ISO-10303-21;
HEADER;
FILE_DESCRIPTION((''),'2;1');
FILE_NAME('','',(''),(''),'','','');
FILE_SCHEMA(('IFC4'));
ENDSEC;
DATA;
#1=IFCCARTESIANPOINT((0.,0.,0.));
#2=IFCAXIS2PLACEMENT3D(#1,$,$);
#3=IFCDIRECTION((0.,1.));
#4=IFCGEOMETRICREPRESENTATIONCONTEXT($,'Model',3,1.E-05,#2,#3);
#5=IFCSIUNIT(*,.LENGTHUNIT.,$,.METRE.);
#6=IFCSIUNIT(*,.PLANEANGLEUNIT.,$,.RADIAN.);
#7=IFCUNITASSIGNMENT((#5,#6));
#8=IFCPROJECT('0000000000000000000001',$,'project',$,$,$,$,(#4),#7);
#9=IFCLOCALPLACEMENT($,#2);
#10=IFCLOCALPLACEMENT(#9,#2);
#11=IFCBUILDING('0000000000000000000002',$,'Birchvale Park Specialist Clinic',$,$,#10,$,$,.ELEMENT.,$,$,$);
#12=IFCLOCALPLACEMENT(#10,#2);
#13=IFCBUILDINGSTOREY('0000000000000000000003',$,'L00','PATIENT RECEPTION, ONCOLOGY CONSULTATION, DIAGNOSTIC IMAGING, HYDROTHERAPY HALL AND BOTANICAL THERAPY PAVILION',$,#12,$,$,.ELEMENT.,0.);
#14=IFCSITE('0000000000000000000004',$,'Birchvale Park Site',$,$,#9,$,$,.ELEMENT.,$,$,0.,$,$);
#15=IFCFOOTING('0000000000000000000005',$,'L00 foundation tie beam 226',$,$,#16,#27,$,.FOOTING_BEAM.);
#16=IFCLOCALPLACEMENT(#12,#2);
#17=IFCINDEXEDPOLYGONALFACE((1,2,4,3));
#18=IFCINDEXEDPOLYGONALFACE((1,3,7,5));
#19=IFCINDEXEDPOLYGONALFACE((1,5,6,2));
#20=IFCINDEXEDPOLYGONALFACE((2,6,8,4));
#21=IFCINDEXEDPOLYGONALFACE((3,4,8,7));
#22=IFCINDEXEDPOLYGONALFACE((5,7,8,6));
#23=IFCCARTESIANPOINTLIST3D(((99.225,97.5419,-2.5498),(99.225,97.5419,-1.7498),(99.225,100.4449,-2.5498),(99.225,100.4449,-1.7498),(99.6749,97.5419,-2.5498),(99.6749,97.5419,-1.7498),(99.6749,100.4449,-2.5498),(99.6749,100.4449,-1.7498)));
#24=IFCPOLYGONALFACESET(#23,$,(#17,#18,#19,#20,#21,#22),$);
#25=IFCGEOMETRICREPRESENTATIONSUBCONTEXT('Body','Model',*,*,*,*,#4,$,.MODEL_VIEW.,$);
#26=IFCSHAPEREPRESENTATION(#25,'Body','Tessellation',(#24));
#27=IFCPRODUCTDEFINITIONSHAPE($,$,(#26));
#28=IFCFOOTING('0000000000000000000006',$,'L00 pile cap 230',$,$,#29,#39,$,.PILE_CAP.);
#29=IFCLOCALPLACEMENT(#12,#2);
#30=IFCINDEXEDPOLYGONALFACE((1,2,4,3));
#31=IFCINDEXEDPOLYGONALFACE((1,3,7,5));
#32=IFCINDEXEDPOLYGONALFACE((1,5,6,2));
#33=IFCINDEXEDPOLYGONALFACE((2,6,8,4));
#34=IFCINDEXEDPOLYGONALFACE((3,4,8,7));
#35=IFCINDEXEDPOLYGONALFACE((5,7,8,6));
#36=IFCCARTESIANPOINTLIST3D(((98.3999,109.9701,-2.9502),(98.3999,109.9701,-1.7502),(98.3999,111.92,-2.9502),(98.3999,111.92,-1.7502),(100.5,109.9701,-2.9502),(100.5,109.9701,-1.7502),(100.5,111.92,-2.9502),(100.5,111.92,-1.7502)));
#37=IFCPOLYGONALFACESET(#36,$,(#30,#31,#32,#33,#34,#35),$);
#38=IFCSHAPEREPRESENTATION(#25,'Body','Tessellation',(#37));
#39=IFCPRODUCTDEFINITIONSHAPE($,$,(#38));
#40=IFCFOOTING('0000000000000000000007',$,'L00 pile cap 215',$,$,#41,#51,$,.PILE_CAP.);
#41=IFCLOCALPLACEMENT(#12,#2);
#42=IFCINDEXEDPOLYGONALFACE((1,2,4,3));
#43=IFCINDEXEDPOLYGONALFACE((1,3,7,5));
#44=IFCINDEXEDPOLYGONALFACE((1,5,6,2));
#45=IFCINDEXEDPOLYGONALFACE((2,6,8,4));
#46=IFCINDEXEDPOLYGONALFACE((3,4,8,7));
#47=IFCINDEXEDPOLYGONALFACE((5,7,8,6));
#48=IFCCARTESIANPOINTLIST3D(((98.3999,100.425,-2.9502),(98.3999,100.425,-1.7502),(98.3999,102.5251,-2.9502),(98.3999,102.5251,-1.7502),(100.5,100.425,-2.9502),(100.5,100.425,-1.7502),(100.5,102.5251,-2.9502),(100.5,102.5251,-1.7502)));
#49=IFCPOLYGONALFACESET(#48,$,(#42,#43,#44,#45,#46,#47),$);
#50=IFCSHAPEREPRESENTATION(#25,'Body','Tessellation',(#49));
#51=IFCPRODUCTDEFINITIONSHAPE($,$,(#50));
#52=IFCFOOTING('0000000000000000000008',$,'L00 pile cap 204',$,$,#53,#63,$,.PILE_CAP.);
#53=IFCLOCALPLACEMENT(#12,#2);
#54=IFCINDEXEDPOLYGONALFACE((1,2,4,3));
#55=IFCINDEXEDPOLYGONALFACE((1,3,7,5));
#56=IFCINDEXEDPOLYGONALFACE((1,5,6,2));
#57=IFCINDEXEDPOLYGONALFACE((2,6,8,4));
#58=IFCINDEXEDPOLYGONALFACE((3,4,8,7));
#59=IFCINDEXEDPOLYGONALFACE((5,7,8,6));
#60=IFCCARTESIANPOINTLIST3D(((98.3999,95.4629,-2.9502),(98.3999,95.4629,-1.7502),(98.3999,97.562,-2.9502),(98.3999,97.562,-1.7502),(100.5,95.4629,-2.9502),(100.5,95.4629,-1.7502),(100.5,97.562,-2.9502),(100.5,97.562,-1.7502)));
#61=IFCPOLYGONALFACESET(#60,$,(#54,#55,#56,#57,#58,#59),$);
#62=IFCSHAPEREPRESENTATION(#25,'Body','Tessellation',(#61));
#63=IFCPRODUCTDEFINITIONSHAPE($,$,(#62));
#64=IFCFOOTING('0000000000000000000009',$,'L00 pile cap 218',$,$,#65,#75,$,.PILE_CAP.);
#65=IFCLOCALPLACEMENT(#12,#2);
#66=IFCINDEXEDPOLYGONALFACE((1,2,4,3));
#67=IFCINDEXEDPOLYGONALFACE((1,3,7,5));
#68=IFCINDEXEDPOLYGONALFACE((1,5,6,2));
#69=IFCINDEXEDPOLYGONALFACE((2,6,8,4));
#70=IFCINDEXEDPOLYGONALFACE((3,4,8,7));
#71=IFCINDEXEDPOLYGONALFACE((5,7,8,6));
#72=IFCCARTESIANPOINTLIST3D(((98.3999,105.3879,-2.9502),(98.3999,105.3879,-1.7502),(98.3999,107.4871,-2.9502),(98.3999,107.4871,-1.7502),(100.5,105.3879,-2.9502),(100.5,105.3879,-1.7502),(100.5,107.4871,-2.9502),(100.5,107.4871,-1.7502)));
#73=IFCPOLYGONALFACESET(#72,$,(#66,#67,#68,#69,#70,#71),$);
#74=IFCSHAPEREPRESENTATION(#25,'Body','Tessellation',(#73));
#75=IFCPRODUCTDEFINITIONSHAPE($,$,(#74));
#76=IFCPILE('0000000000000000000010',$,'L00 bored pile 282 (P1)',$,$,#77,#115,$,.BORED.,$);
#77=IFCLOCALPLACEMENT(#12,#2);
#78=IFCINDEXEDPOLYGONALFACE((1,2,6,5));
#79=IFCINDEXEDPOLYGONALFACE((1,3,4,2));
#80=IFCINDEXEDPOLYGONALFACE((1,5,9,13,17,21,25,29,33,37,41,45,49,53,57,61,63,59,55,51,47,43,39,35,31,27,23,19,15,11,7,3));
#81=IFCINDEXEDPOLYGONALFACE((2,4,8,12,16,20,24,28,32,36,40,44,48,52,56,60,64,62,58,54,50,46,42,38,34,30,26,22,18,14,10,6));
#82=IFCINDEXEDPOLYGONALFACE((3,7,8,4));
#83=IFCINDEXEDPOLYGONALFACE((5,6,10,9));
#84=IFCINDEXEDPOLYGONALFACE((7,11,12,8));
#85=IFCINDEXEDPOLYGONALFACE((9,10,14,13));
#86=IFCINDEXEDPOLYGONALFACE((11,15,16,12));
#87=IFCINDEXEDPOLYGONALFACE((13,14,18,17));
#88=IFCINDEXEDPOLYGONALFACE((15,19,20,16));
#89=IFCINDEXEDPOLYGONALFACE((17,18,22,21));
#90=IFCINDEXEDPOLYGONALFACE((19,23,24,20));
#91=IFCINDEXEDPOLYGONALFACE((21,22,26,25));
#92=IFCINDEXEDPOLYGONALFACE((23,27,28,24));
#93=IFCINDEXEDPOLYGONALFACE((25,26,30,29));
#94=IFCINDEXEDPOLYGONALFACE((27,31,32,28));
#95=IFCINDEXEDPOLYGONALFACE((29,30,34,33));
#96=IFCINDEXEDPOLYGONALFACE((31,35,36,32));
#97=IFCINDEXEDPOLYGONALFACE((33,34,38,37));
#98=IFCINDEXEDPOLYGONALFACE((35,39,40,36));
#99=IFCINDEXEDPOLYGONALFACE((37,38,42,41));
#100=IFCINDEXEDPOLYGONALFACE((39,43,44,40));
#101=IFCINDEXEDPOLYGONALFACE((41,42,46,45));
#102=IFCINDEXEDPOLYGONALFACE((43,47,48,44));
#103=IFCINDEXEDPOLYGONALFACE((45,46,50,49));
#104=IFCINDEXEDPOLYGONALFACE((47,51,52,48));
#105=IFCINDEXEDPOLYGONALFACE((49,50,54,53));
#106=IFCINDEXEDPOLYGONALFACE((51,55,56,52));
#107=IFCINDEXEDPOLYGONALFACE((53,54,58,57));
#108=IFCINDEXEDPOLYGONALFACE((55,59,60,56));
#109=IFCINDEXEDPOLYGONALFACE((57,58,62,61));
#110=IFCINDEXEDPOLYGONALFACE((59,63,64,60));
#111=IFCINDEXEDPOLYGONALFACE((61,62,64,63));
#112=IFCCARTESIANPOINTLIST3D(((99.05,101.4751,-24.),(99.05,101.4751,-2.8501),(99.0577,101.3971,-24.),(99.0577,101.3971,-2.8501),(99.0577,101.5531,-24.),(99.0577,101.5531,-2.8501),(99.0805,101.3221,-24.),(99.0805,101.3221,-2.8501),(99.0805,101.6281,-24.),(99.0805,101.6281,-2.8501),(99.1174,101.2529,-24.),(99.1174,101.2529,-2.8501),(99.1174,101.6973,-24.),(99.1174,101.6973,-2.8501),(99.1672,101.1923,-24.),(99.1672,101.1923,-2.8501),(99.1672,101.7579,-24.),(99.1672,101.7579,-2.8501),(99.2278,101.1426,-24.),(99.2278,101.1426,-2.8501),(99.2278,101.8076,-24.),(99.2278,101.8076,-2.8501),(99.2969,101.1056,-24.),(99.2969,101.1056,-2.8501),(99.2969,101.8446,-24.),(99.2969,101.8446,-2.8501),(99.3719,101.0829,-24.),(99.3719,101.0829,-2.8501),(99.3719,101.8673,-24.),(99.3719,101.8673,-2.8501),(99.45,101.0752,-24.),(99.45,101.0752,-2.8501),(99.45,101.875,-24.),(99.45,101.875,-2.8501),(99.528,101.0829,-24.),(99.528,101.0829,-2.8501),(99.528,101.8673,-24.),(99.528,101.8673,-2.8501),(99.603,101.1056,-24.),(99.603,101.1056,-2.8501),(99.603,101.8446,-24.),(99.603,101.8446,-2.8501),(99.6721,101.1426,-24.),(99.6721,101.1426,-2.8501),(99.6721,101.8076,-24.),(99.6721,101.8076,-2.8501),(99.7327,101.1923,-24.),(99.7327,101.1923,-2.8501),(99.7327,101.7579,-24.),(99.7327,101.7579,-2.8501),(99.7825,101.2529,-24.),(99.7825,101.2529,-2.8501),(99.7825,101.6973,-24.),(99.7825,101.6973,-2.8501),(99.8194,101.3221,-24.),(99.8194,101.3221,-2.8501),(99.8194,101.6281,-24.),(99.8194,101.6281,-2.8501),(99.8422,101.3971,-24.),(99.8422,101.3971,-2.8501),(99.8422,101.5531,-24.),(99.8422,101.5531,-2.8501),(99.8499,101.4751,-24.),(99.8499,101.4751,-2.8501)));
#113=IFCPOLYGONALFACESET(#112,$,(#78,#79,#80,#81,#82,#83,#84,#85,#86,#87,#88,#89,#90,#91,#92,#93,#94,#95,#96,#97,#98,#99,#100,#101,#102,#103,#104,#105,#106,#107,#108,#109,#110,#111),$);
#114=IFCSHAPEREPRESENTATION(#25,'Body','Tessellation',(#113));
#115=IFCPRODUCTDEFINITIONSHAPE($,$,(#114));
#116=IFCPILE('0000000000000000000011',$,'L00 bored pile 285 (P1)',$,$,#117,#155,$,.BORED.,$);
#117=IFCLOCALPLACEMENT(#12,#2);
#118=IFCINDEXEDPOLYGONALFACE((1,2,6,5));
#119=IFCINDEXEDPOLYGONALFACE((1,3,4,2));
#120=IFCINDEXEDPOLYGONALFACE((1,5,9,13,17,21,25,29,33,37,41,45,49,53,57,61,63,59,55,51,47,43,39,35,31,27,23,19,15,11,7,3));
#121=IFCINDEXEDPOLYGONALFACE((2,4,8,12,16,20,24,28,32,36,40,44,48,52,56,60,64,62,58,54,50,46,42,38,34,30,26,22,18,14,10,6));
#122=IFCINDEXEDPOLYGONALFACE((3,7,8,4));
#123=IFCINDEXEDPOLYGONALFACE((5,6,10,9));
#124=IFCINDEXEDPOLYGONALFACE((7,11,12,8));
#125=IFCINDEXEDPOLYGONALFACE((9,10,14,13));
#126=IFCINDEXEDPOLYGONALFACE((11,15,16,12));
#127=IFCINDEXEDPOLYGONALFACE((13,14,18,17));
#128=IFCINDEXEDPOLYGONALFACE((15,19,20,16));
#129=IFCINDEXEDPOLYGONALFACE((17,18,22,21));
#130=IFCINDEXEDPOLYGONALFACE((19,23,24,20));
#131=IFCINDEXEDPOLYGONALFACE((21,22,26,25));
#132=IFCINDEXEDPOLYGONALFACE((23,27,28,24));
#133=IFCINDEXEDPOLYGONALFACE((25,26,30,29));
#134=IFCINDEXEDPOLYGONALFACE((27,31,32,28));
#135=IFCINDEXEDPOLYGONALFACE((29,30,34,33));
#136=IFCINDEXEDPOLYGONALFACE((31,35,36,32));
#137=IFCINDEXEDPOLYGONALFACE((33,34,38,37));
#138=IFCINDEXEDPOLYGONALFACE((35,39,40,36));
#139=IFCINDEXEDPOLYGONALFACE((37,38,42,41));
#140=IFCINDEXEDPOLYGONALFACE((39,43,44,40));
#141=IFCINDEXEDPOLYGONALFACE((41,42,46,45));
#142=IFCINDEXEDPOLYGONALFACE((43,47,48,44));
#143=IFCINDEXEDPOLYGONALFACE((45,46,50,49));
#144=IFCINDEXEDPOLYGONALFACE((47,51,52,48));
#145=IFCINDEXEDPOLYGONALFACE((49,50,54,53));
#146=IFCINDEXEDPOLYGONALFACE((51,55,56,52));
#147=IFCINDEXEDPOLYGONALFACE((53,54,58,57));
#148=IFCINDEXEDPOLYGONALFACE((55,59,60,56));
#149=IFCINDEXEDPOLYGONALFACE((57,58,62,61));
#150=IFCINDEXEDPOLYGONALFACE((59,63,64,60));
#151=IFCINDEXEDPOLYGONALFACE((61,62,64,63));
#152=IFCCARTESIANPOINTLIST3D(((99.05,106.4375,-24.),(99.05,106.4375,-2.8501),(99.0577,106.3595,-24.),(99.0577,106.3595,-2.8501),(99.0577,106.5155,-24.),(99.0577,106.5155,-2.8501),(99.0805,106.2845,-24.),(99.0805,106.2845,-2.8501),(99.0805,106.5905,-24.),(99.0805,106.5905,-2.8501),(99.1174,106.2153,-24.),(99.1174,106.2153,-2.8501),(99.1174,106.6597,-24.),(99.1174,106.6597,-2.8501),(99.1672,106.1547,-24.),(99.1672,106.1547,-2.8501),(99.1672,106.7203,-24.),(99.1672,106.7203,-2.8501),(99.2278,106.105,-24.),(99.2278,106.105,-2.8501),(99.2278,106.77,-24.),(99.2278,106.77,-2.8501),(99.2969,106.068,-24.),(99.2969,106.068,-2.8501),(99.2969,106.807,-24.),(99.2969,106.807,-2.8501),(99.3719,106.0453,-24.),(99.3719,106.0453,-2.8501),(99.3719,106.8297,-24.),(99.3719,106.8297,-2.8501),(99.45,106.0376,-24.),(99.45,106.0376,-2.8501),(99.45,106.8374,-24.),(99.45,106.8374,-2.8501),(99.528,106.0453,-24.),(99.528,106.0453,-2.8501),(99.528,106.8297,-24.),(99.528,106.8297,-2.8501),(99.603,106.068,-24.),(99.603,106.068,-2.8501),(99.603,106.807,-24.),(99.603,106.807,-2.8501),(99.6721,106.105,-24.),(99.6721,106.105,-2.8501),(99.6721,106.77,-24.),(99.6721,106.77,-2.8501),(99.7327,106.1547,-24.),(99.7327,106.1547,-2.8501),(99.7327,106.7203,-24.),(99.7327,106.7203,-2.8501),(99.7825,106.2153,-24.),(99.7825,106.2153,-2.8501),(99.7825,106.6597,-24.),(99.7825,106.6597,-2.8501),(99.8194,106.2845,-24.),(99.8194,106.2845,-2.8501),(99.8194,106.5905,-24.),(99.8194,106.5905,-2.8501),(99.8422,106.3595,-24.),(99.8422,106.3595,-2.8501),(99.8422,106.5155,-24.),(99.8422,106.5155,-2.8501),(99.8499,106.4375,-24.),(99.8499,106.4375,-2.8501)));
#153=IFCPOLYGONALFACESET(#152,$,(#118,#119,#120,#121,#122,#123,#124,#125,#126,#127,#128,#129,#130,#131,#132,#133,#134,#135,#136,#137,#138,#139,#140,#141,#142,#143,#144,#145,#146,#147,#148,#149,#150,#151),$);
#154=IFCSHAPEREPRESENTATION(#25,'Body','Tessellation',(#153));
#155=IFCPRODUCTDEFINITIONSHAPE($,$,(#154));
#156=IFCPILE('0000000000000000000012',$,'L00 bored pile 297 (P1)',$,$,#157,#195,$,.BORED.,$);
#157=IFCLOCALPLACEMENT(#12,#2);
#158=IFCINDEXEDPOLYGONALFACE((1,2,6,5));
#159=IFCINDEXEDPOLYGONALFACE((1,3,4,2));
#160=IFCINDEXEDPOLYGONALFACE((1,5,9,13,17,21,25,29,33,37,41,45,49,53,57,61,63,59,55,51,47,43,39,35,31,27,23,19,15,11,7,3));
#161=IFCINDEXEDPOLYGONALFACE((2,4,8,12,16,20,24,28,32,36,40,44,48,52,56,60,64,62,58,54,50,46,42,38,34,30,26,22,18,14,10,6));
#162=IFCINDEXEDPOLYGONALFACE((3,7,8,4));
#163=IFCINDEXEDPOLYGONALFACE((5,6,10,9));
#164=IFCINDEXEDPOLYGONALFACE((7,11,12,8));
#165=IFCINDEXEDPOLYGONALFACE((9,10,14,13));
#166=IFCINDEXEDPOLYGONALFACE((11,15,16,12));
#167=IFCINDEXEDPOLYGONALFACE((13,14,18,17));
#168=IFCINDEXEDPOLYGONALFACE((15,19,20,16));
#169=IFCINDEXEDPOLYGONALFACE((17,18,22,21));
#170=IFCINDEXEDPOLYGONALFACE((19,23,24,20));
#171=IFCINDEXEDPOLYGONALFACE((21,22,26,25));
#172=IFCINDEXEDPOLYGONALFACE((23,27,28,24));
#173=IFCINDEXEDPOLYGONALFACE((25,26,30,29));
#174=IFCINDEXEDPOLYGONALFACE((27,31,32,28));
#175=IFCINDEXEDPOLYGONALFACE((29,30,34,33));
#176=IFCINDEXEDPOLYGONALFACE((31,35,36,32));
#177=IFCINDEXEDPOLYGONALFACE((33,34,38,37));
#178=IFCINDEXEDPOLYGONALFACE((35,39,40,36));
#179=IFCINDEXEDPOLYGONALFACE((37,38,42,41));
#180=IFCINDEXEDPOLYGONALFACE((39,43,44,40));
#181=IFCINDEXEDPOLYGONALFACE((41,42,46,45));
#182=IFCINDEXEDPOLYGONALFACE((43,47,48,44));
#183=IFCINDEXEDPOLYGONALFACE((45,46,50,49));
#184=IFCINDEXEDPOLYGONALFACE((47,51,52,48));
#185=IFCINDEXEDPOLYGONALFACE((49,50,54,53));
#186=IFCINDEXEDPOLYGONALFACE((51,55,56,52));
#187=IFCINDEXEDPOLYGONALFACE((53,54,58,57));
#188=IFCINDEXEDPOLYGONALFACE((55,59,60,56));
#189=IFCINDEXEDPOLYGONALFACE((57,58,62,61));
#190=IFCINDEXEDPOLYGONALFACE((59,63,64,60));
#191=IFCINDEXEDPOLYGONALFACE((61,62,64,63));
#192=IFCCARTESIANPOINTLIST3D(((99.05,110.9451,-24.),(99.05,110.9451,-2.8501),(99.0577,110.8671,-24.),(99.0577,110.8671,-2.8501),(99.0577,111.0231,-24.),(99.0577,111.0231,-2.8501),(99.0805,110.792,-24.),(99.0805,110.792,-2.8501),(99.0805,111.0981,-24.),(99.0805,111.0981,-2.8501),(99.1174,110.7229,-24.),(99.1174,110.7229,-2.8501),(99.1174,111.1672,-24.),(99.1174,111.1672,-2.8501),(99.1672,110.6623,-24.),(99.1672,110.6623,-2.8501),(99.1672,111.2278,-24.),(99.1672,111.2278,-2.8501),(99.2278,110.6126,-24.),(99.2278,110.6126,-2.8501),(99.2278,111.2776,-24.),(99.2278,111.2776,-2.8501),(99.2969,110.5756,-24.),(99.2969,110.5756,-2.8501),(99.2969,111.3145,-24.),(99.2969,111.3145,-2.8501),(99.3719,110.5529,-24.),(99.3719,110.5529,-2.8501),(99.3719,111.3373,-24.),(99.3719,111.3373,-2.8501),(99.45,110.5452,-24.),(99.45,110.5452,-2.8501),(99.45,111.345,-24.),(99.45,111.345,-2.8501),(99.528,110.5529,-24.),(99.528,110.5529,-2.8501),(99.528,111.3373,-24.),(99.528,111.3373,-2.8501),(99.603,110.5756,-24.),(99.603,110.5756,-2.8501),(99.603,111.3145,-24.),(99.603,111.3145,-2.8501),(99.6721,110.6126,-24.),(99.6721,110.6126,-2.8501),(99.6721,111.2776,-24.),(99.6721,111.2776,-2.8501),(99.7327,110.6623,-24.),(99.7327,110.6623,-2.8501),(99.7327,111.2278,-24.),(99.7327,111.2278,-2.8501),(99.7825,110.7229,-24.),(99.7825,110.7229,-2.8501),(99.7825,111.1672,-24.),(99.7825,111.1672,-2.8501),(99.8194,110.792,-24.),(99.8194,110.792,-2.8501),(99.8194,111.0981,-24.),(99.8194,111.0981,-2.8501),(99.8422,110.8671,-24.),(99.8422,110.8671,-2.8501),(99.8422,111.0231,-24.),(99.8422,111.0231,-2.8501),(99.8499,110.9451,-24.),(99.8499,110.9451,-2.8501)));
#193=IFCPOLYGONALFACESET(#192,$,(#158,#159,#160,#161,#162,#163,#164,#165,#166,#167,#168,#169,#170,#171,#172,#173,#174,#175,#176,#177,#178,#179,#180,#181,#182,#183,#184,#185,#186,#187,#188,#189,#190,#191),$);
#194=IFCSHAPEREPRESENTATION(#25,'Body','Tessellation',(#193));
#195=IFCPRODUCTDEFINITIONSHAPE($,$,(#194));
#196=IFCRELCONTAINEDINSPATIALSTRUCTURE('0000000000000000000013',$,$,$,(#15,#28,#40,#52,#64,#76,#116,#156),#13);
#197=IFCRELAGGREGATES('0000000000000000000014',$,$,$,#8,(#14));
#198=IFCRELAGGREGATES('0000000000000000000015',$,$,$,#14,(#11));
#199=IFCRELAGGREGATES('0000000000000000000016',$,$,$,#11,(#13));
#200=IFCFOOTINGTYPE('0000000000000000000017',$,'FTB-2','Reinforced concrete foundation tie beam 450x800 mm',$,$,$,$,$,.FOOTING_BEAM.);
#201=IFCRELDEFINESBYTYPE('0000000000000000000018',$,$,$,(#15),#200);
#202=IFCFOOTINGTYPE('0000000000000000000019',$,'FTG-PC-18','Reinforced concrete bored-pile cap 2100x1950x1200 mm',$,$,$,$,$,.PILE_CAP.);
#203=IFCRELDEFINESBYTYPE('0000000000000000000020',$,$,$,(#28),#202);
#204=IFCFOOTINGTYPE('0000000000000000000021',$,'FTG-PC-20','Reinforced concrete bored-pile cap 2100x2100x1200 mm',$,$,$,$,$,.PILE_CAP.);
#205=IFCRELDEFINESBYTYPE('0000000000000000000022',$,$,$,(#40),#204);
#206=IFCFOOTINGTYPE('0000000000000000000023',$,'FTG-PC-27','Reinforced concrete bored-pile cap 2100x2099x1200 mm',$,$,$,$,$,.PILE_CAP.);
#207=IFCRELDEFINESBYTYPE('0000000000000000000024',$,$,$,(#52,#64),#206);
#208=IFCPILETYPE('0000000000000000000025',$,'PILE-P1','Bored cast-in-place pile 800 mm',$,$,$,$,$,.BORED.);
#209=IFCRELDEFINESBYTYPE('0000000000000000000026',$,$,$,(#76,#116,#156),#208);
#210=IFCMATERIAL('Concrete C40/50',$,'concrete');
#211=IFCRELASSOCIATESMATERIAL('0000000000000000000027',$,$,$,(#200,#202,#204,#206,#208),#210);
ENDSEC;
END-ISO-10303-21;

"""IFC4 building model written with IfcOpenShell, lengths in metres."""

from ifc_helpers import new_model, si_unit, direction, frame, origin, origin_2d, place, context, subcontext, project, spatial, rectangle, circle, extrude, material, material_profile, profile_set, type_object, element, save


model = new_model("IFC4")

# Units and contexts
model_context = context("Model", 3, precision=1e-05, world=origin(), true_north=direction((0.0, 1.0)))
body_context = subcontext(model_context, "Body", "Model", "MODEL_VIEW")
ifc_project = project(units=[si_unit("LENGTHUNIT", "METRE"), si_unit("PLANEANGLEUNIT", "RADIAN")], contexts=[model_context])

# Site, building, storey
site_placement = place(None, origin())
site = spatial("IfcSite", under=ifc_project, at=site_placement, Name="Birchvale Park Site", CompositionType="ELEMENT", RefElevation=0.0)
building_placement = place(site_placement, origin())
building = spatial("IfcBuilding", under=site, at=building_placement, Name="Birchvale Park Specialist Clinic", CompositionType="ELEMENT")
storey_placement = place(building_placement, origin())
storey = spatial("IfcBuildingStorey", under=building, at=storey_placement, Name="L00", Description="PATIENT RECEPTION, ONCOLOGY CONSULTATION, DIAGNOSTIC IMAGING, HYDROTHERAPY HALL AND BOTANICAL THERAPY PAVILION", CompositionType="ELEMENT", Elevation=0.0)

# Footings
ifc_material_1 = material(Name="Concrete C40/50", Category="concrete")
footing_type_1 = type_object("IfcFootingType", Name="FTB-2", Description="Reinforced concrete foundation tie beam 450x800 mm", PredefinedType="FOOTING_BEAM", material=ifc_material_1)
footing_1_placement = place(storey_placement, frame((99.45, 98.9934, -2.5498), z_axis=(0.0, 0.0, 1.0), x_axis=(1.0, 0.0, 0.0)))
element("IfcFooting", 1, at=footing_1_placement, inside=storey, type_object=footing_type_1, Name="L00 foundation tie beam 226", PredefinedType="FOOTING_BEAM", context=body_context, shape_type="SweptSolid", body=[
    extrude(rectangle(XDim=0.45, YDim=2.9031, at=origin_2d()), origin(), (0.0, 0.0, 1.0), 0.8),
])
footing_type_2 = type_object("IfcFootingType", Name="FTG-PC-18", Description="Reinforced concrete bored-pile cap 2100x1950x1200 mm", PredefinedType="PILE_CAP", material=ifc_material_1)
footing_2_placement = place(storey_placement, frame((99.45, 110.9451, -2.9502), z_axis=(0.0, 0.0, 1.0), x_axis=(1.0, 0.0, 0.0)))
element("IfcFooting", 2, at=footing_2_placement, inside=storey, type_object=footing_type_2, Name="L00 pile cap 230", PredefinedType="PILE_CAP", context=body_context, shape_type="SweptSolid", body=[
    extrude(rectangle(XDim=2.1001, YDim=1.95, at=origin_2d()), origin(), (0.0, 0.0, 1.0), 1.2),
])
footing_type_3 = type_object("IfcFootingType", Name="FTG-PC-20", Description="Reinforced concrete bored-pile cap 2100x2100x1200 mm", PredefinedType="PILE_CAP", material=ifc_material_1)
footing_3_placement = place(storey_placement, frame((99.45, 101.4751, -2.9502), z_axis=(0.0, 0.0, 1.0), x_axis=(1.0, 0.0, 0.0)))
element("IfcFooting", 3, at=footing_3_placement, inside=storey, type_object=footing_type_3, Name="L00 pile cap 215", PredefinedType="PILE_CAP", context=body_context, shape_type="SweptSolid", body=[
    extrude(rectangle(XDim=2.1001, YDim=2.1001, at=origin_2d()), origin(), (0.0, 0.0, 1.0), 1.2),
])
footing_type_4 = type_object("IfcFootingType", Name="FTG-PC-27", Description="Reinforced concrete bored-pile cap 2100x2099x1200 mm", PredefinedType="PILE_CAP", material=ifc_material_1)
for number, where, z_axis, x_axis, name in (
    (4, (99.45, 96.5125, -2.9502), (0.0, 0.0, 1.0), (1.0, 0.0, 0.0), "L00 pile cap 204"),
    (5, (99.45, 106.4375, -2.9502), (0.0, 0.0, 1.0), (1.0, 0.0, 0.0), "L00 pile cap 218"),
):
    element("IfcFooting", number, at=place(storey_placement, frame(where, z_axis=z_axis, x_axis=x_axis)), inside=storey, type_object=footing_type_4, Name=name, PredefinedType="PILE_CAP", context=body_context, shape_type="SweptSolid", body=[
        extrude(rectangle(XDim=2.1001, YDim=2.0991, at=origin_2d()), origin(), (0.0, 0.0, 1.0), 1.2),
    ])

# Piles
ifc_material_profile_1 = material_profile(ifc_material_1, circle(Radius=0.3999, at=origin_2d()), Name="PILE-800")
ifc_profile_set_1 = profile_set([ifc_material_profile_1], Name="Concrete C40/50")
pile_type_1 = type_object("IfcPileType", Name="PILE-P1", Description="Bored cast-in-place pile 800 mm", PredefinedType="BORED", material=ifc_profile_set_1)
for number, where, z_axis, x_axis, name in (
    (6, (99.45, 101.4751, -2.8501), (0.0, 0.0, -1.0), (1.0, 0.0, 0.0), "L00 bored pile 282 (P1)"),
    (7, (99.45, 106.4375, -2.8501), (0.0, 0.0, -1.0), (1.0, 0.0, 0.0), "L00 bored pile 285 (P1)"),
    (8, (99.45, 110.9451, -2.8501), (0.0, 0.0, -1.0), (1.0, 0.0, 0.0), "L00 bored pile 297 (P1)"),
):
    element("IfcPile", number, at=place(storey_placement, frame(where, z_axis=z_axis, x_axis=x_axis)), inside=storey, type_object=pile_type_1, Name=name, PredefinedType="BORED", context=body_context, shape_type="SweptSolid", body=[
        extrude(circle(Radius=0.3999, at=origin_2d()), origin(), (0.0, 0.0, 1.0), 21.1499),
    ])

save(model, "model.ifc")
